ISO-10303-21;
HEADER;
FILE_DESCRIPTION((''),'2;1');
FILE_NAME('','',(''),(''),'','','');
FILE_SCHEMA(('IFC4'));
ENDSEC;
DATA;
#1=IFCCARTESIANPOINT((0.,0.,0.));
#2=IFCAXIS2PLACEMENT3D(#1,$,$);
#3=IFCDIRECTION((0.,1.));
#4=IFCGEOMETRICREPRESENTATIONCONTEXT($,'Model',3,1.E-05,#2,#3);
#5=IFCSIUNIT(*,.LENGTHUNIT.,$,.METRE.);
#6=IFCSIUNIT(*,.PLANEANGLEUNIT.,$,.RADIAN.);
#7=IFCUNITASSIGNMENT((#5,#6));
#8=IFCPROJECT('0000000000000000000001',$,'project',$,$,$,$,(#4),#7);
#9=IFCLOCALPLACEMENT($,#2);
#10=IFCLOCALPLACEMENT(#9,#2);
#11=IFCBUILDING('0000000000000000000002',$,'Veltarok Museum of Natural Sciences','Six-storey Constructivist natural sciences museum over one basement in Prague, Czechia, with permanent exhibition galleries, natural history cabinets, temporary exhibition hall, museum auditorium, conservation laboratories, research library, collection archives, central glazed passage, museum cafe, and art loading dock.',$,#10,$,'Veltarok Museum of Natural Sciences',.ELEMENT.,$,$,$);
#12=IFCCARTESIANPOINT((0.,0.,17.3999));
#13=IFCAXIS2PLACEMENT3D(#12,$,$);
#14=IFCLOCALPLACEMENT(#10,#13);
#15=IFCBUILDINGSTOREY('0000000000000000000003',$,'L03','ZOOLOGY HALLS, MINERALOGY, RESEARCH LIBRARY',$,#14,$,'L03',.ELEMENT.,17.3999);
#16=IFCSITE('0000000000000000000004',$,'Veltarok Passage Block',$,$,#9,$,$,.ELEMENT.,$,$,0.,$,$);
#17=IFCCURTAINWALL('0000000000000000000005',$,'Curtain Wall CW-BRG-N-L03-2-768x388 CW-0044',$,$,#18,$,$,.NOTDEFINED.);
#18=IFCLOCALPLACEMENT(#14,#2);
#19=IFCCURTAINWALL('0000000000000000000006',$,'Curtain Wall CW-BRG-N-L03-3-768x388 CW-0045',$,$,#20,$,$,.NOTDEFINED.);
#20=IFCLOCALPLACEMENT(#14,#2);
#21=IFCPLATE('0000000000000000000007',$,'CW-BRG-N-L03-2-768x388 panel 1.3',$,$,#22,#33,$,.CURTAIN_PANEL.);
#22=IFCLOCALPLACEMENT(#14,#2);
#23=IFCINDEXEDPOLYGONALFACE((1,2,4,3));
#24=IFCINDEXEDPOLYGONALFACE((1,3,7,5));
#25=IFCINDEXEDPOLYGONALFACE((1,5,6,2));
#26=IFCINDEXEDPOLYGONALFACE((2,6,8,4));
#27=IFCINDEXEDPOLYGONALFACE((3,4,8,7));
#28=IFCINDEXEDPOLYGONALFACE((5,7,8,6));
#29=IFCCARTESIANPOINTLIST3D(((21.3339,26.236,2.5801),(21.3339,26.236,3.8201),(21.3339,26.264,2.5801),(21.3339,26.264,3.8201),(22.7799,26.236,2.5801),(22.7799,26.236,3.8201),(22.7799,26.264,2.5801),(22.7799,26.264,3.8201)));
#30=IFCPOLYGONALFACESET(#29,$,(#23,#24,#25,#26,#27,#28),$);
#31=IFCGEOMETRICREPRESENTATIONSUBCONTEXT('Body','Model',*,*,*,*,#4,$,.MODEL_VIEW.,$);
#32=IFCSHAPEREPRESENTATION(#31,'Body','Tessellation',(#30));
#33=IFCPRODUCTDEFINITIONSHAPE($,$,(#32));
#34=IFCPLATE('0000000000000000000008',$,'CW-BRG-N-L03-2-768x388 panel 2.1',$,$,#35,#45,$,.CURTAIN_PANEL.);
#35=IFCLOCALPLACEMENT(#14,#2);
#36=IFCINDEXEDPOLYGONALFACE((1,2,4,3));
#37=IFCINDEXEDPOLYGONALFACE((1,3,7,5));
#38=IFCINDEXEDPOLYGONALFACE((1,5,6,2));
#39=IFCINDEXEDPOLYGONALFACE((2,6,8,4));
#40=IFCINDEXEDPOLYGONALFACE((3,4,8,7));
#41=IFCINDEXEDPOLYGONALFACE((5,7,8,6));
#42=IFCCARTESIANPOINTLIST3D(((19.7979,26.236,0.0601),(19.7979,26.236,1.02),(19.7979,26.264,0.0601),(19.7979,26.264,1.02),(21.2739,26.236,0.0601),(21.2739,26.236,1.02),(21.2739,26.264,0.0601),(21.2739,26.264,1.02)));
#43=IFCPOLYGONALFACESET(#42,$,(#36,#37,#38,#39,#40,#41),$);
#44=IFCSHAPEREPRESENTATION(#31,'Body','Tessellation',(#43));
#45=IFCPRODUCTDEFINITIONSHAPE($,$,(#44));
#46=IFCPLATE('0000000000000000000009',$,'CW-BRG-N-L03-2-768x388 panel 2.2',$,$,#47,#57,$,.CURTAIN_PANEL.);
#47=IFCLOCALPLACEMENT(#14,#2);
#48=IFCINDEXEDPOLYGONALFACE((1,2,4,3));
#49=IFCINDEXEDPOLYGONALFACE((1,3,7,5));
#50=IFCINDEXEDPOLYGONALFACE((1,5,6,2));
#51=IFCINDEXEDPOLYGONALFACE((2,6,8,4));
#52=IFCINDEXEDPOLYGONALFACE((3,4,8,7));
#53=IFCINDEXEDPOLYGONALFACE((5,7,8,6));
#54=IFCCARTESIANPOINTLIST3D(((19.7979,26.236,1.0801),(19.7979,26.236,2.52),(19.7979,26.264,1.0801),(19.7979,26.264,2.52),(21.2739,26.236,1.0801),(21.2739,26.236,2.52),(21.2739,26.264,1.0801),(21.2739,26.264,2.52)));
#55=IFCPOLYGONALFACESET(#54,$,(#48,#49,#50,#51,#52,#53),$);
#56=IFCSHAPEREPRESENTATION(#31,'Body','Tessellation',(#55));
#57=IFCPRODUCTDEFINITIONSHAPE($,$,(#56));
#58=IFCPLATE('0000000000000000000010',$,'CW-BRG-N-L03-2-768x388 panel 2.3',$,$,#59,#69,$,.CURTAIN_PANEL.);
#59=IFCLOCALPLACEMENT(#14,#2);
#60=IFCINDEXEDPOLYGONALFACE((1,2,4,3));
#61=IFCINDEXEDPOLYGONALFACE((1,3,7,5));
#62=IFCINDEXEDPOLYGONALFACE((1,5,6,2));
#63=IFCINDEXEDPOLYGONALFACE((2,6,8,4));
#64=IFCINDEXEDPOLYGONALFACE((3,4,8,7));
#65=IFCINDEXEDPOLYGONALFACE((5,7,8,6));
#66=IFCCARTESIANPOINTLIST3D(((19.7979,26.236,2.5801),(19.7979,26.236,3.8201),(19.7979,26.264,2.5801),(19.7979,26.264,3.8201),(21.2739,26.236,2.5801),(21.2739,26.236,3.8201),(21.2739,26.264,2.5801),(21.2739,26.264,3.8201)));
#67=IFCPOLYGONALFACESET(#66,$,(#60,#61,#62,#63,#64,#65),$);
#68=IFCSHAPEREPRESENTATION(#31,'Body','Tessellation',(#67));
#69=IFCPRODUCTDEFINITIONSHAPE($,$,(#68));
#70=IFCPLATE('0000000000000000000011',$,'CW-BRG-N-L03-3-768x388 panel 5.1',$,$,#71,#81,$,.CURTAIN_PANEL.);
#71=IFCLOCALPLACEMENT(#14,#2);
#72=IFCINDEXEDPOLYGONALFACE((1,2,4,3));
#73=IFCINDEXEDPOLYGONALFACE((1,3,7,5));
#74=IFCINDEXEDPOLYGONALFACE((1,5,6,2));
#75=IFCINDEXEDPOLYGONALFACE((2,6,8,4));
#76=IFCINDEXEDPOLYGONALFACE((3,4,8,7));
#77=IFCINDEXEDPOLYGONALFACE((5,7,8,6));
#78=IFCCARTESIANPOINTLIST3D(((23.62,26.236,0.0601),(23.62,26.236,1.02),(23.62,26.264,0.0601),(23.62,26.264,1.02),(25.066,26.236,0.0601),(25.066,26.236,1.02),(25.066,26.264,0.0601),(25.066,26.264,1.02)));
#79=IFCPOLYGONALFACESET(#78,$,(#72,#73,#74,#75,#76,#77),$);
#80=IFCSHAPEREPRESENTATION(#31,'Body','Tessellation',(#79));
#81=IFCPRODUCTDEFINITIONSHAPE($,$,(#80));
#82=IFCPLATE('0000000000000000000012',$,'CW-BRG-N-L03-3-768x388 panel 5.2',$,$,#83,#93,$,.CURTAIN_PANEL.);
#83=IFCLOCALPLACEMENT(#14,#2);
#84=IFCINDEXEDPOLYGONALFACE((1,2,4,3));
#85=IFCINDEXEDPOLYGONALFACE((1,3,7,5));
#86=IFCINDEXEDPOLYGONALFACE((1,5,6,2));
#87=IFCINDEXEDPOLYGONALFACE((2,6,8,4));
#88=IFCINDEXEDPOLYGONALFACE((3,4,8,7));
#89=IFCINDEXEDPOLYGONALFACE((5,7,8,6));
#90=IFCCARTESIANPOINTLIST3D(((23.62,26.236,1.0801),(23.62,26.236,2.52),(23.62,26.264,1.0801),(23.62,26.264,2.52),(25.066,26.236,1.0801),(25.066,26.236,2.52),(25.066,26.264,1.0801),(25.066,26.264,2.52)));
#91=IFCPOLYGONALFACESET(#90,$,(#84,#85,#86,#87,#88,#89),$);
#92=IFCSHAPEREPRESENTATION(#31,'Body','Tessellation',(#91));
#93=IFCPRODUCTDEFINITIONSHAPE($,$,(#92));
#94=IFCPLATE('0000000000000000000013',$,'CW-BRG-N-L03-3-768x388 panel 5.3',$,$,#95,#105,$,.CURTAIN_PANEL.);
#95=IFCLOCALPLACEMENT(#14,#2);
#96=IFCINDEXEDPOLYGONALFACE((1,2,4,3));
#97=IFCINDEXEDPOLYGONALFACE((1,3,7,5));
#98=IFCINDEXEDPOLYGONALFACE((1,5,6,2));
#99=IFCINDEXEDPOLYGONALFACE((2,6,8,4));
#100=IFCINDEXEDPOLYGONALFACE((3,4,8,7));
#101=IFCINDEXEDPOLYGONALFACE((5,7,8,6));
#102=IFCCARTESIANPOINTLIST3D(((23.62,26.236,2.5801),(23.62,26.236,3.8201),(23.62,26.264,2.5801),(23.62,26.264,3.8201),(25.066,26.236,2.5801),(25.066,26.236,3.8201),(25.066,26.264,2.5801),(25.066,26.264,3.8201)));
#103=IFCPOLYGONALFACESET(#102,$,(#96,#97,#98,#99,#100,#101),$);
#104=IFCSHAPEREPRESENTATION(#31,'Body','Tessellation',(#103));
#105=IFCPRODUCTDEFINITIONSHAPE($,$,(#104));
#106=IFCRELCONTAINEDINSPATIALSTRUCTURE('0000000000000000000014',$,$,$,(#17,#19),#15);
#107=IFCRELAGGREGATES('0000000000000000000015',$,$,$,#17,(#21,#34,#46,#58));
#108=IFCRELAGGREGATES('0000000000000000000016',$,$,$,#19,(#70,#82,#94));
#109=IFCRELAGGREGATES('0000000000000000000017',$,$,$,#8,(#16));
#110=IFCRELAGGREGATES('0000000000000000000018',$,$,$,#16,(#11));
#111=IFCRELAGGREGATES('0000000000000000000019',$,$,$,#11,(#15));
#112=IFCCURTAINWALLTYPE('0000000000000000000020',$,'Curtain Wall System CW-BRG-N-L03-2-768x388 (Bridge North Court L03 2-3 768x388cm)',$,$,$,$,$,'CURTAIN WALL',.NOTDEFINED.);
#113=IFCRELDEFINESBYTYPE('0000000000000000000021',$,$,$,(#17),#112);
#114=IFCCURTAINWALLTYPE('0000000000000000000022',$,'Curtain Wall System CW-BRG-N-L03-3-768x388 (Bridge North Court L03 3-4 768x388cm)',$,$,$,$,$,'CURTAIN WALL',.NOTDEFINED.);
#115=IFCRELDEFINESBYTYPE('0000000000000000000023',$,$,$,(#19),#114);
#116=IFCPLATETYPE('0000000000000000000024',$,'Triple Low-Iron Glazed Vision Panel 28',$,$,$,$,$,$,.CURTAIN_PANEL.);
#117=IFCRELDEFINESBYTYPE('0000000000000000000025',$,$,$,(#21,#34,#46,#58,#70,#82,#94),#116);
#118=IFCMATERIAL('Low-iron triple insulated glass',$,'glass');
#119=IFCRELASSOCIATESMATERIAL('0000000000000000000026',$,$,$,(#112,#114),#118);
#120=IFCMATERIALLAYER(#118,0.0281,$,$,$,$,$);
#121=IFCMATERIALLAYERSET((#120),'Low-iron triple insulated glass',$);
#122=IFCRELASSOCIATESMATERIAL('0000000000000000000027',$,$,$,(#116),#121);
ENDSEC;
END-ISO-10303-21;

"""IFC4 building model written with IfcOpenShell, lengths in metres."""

from ifc_helpers import new_model, si_unit, direction, frame, origin, origin_2d, place, context, subcontext, project, spatial, rectangle, extrude, material, layer, layer_set, type_object, element, aggregate, save


model = new_model("IFC4")

# Units and contexts
model_context = context("Model", 3, precision=1e-05, world=origin(), true_north=direction((0.0, 1.0)))
body_context = subcontext(model_context, "Body", "Model", "MODEL_VIEW")
ifc_project = project(units=[si_unit("LENGTHUNIT", "METRE"), si_unit("PLANEANGLEUNIT", "RADIAN")], contexts=[model_context])

# Site, building, storey
site_placement = place(None, origin())
site = spatial("IfcSite", under=ifc_project, at=site_placement, Name="Veltarok Passage Block", CompositionType="ELEMENT", RefElevation=0.0)
building_placement = place(site_placement, origin())
building = spatial("IfcBuilding", under=site, at=building_placement, Name="Veltarok Museum of Natural Sciences", Description="Six-storey Constructivist natural sciences museum over one basement in Prague, Czechia, with permanent exhibition galleries, natural history cabinets, temporary exhibition hall, museum auditorium, conservation laboratories, research library, collection archives, central glazed passage, museum cafe, and art loading dock.", LongName="Veltarok Museum of Natural Sciences", CompositionType="ELEMENT")
storey_placement = place(building_placement, frame((0.0, 0.0, 17.3999)))
storey = spatial("IfcBuildingStorey", under=building, at=storey_placement, Name="L03", Description="ZOOLOGY HALLS, MINERALOGY, RESEARCH LIBRARY", LongName="L03", CompositionType="ELEMENT", Elevation=17.3999)

# Curtain walls
ifc_material_1 = material(Name="Low-iron triple insulated glass", Category="glass")
curtain_wall_type_1 = type_object("IfcCurtainWallType", Name="Curtain Wall System CW-BRG-N-L03-2-768x388 (Bridge North Court L03 2-3 768x388cm)", ElementType="CURTAIN WALL", PredefinedType="NOTDEFINED", material=ifc_material_1)
curtain_wall_1_placement = place(storey_placement, origin())
curtain_wall_1 = element("IfcCurtainWall", 1, at=curtain_wall_1_placement, inside=storey, type_object=curtain_wall_type_1, Name="Curtain Wall CW-BRG-N-L03-2-768x388 CW-0044", PredefinedType="NOTDEFINED")
curtain_wall_type_2 = type_object("IfcCurtainWallType", Name="Curtain Wall System CW-BRG-N-L03-3-768x388 (Bridge North Court L03 3-4 768x388cm)", ElementType="CURTAIN WALL", PredefinedType="NOTDEFINED", material=ifc_material_1)
curtain_wall_2_placement = place(storey_placement, origin())
curtain_wall_2 = element("IfcCurtainWall", 2, at=curtain_wall_2_placement, inside=storey, type_object=curtain_wall_type_2, Name="Curtain Wall CW-BRG-N-L03-3-768x388 CW-0045", PredefinedType="NOTDEFINED")

# Plates
ifc_layer = layer(ifc_material_1, 0.0281)
ifc_layer_set = layer_set([ifc_layer], Name="Low-iron triple insulated glass")
plate_type = type_object("IfcPlateType", Name="Triple Low-Iron Glazed Vision Panel 28", PredefinedType="CURTAIN_PANEL", material=ifc_layer_set)
plate_1_placement = place(storey_placement, frame((22.0569, 26.25, 2.5801), z_axis=(0.0, 0.0, 1.0), x_axis=(-1.0, 0.0, 0.0)))
plate_1 = element("IfcPlate", 3, at=plate_1_placement, type_object=plate_type, Name="CW-BRG-N-L03-2-768x388 panel 1.3", PredefinedType="CURTAIN_PANEL", context=body_context, shape_type="SweptSolid", body=[
    extrude(rectangle(XDim=1.446, YDim=0.0281, at=origin_2d()), origin(), (0.0, 0.0, 1.0), 1.24),
])
plate_2_placement = place(storey_placement, frame((20.5359, 26.25, 0.0601), z_axis=(0.0, 0.0, 1.0), x_axis=(-1.0, 0.0, 0.0)))
plate_2 = element("IfcPlate", 4, at=plate_2_placement, type_object=plate_type, Name="CW-BRG-N-L03-2-768x388 panel 2.1", PredefinedType="CURTAIN_PANEL", context=body_context, shape_type="SweptSolid", body=[
    extrude(rectangle(XDim=1.4761, YDim=0.0281, at=origin_2d()), origin(), (0.0, 0.0, 1.0), 0.96),
])
plate_3_placement = place(storey_placement, frame((20.5359, 26.25, 1.0801), z_axis=(0.0, 0.0, 1.0), x_axis=(-1.0, 0.0, 0.0)))
plate_3 = element("IfcPlate", 5, at=plate_3_placement, type_object=plate_type, Name="CW-BRG-N-L03-2-768x388 panel 2.2", PredefinedType="CURTAIN_PANEL", context=body_context, shape_type="SweptSolid", body=[
    extrude(rectangle(XDim=1.4761, YDim=0.0281, at=origin_2d()), origin(), (0.0, 0.0, 1.0), 1.4399),
])
plate_4_placement = place(storey_placement, frame((20.5359, 26.25, 2.5801), z_axis=(0.0, 0.0, 1.0), x_axis=(-1.0, 0.0, 0.0)))
plate_4 = element("IfcPlate", 6, at=plate_4_placement, type_object=plate_type, Name="CW-BRG-N-L03-2-768x388 panel 2.3", PredefinedType="CURTAIN_PANEL", context=body_context, shape_type="SweptSolid", body=[
    extrude(rectangle(XDim=1.4761, YDim=0.0281, at=origin_2d()), origin(), (0.0, 0.0, 1.0), 1.24),
])
aggregate(curtain_wall_1, [plate_1, plate_2, plate_3, plate_4])
plate_5_placement = place(storey_placement, frame((24.343, 26.25, 0.0601), z_axis=(0.0, 0.0, 1.0), x_axis=(-1.0, 0.0, 0.0)))
plate_5 = element("IfcPlate", 7, at=plate_5_placement, type_object=plate_type, Name="CW-BRG-N-L03-3-768x388 panel 5.1", PredefinedType="CURTAIN_PANEL", context=body_context, shape_type="SweptSolid", body=[
    extrude(rectangle(XDim=1.446, YDim=0.0281, at=origin_2d()), origin(), (0.0, 0.0, 1.0), 0.96),
])
plate_6_placement = place(storey_placement, frame((24.343, 26.25, 1.0801), z_axis=(0.0, 0.0, 1.0), x_axis=(-1.0, 0.0, 0.0)))
plate_6 = element("IfcPlate", 8, at=plate_6_placement, type_object=plate_type, Name="CW-BRG-N-L03-3-768x388 panel 5.2", PredefinedType="CURTAIN_PANEL", context=body_context, shape_type="SweptSolid", body=[
    extrude(rectangle(XDim=1.446, YDim=0.0281, at=origin_2d()), origin(), (0.0, 0.0, 1.0), 1.4399),
])
plate_7_placement = place(storey_placement, frame((24.343, 26.25, 2.5801), z_axis=(0.0, 0.0, 1.0), x_axis=(-1.0, 0.0, 0.0)))
plate_7 = element("IfcPlate", 9, at=plate_7_placement, type_object=plate_type, Name="CW-BRG-N-L03-3-768x388 panel 5.3", PredefinedType="CURTAIN_PANEL", context=body_context, shape_type="SweptSolid", body=[
    extrude(rectangle(XDim=1.446, YDim=0.0281, at=origin_2d()), origin(), (0.0, 0.0, 1.0), 1.24),
])
aggregate(curtain_wall_2, [plate_5, plate_6, plate_7])

save(model, "model.ifc")
